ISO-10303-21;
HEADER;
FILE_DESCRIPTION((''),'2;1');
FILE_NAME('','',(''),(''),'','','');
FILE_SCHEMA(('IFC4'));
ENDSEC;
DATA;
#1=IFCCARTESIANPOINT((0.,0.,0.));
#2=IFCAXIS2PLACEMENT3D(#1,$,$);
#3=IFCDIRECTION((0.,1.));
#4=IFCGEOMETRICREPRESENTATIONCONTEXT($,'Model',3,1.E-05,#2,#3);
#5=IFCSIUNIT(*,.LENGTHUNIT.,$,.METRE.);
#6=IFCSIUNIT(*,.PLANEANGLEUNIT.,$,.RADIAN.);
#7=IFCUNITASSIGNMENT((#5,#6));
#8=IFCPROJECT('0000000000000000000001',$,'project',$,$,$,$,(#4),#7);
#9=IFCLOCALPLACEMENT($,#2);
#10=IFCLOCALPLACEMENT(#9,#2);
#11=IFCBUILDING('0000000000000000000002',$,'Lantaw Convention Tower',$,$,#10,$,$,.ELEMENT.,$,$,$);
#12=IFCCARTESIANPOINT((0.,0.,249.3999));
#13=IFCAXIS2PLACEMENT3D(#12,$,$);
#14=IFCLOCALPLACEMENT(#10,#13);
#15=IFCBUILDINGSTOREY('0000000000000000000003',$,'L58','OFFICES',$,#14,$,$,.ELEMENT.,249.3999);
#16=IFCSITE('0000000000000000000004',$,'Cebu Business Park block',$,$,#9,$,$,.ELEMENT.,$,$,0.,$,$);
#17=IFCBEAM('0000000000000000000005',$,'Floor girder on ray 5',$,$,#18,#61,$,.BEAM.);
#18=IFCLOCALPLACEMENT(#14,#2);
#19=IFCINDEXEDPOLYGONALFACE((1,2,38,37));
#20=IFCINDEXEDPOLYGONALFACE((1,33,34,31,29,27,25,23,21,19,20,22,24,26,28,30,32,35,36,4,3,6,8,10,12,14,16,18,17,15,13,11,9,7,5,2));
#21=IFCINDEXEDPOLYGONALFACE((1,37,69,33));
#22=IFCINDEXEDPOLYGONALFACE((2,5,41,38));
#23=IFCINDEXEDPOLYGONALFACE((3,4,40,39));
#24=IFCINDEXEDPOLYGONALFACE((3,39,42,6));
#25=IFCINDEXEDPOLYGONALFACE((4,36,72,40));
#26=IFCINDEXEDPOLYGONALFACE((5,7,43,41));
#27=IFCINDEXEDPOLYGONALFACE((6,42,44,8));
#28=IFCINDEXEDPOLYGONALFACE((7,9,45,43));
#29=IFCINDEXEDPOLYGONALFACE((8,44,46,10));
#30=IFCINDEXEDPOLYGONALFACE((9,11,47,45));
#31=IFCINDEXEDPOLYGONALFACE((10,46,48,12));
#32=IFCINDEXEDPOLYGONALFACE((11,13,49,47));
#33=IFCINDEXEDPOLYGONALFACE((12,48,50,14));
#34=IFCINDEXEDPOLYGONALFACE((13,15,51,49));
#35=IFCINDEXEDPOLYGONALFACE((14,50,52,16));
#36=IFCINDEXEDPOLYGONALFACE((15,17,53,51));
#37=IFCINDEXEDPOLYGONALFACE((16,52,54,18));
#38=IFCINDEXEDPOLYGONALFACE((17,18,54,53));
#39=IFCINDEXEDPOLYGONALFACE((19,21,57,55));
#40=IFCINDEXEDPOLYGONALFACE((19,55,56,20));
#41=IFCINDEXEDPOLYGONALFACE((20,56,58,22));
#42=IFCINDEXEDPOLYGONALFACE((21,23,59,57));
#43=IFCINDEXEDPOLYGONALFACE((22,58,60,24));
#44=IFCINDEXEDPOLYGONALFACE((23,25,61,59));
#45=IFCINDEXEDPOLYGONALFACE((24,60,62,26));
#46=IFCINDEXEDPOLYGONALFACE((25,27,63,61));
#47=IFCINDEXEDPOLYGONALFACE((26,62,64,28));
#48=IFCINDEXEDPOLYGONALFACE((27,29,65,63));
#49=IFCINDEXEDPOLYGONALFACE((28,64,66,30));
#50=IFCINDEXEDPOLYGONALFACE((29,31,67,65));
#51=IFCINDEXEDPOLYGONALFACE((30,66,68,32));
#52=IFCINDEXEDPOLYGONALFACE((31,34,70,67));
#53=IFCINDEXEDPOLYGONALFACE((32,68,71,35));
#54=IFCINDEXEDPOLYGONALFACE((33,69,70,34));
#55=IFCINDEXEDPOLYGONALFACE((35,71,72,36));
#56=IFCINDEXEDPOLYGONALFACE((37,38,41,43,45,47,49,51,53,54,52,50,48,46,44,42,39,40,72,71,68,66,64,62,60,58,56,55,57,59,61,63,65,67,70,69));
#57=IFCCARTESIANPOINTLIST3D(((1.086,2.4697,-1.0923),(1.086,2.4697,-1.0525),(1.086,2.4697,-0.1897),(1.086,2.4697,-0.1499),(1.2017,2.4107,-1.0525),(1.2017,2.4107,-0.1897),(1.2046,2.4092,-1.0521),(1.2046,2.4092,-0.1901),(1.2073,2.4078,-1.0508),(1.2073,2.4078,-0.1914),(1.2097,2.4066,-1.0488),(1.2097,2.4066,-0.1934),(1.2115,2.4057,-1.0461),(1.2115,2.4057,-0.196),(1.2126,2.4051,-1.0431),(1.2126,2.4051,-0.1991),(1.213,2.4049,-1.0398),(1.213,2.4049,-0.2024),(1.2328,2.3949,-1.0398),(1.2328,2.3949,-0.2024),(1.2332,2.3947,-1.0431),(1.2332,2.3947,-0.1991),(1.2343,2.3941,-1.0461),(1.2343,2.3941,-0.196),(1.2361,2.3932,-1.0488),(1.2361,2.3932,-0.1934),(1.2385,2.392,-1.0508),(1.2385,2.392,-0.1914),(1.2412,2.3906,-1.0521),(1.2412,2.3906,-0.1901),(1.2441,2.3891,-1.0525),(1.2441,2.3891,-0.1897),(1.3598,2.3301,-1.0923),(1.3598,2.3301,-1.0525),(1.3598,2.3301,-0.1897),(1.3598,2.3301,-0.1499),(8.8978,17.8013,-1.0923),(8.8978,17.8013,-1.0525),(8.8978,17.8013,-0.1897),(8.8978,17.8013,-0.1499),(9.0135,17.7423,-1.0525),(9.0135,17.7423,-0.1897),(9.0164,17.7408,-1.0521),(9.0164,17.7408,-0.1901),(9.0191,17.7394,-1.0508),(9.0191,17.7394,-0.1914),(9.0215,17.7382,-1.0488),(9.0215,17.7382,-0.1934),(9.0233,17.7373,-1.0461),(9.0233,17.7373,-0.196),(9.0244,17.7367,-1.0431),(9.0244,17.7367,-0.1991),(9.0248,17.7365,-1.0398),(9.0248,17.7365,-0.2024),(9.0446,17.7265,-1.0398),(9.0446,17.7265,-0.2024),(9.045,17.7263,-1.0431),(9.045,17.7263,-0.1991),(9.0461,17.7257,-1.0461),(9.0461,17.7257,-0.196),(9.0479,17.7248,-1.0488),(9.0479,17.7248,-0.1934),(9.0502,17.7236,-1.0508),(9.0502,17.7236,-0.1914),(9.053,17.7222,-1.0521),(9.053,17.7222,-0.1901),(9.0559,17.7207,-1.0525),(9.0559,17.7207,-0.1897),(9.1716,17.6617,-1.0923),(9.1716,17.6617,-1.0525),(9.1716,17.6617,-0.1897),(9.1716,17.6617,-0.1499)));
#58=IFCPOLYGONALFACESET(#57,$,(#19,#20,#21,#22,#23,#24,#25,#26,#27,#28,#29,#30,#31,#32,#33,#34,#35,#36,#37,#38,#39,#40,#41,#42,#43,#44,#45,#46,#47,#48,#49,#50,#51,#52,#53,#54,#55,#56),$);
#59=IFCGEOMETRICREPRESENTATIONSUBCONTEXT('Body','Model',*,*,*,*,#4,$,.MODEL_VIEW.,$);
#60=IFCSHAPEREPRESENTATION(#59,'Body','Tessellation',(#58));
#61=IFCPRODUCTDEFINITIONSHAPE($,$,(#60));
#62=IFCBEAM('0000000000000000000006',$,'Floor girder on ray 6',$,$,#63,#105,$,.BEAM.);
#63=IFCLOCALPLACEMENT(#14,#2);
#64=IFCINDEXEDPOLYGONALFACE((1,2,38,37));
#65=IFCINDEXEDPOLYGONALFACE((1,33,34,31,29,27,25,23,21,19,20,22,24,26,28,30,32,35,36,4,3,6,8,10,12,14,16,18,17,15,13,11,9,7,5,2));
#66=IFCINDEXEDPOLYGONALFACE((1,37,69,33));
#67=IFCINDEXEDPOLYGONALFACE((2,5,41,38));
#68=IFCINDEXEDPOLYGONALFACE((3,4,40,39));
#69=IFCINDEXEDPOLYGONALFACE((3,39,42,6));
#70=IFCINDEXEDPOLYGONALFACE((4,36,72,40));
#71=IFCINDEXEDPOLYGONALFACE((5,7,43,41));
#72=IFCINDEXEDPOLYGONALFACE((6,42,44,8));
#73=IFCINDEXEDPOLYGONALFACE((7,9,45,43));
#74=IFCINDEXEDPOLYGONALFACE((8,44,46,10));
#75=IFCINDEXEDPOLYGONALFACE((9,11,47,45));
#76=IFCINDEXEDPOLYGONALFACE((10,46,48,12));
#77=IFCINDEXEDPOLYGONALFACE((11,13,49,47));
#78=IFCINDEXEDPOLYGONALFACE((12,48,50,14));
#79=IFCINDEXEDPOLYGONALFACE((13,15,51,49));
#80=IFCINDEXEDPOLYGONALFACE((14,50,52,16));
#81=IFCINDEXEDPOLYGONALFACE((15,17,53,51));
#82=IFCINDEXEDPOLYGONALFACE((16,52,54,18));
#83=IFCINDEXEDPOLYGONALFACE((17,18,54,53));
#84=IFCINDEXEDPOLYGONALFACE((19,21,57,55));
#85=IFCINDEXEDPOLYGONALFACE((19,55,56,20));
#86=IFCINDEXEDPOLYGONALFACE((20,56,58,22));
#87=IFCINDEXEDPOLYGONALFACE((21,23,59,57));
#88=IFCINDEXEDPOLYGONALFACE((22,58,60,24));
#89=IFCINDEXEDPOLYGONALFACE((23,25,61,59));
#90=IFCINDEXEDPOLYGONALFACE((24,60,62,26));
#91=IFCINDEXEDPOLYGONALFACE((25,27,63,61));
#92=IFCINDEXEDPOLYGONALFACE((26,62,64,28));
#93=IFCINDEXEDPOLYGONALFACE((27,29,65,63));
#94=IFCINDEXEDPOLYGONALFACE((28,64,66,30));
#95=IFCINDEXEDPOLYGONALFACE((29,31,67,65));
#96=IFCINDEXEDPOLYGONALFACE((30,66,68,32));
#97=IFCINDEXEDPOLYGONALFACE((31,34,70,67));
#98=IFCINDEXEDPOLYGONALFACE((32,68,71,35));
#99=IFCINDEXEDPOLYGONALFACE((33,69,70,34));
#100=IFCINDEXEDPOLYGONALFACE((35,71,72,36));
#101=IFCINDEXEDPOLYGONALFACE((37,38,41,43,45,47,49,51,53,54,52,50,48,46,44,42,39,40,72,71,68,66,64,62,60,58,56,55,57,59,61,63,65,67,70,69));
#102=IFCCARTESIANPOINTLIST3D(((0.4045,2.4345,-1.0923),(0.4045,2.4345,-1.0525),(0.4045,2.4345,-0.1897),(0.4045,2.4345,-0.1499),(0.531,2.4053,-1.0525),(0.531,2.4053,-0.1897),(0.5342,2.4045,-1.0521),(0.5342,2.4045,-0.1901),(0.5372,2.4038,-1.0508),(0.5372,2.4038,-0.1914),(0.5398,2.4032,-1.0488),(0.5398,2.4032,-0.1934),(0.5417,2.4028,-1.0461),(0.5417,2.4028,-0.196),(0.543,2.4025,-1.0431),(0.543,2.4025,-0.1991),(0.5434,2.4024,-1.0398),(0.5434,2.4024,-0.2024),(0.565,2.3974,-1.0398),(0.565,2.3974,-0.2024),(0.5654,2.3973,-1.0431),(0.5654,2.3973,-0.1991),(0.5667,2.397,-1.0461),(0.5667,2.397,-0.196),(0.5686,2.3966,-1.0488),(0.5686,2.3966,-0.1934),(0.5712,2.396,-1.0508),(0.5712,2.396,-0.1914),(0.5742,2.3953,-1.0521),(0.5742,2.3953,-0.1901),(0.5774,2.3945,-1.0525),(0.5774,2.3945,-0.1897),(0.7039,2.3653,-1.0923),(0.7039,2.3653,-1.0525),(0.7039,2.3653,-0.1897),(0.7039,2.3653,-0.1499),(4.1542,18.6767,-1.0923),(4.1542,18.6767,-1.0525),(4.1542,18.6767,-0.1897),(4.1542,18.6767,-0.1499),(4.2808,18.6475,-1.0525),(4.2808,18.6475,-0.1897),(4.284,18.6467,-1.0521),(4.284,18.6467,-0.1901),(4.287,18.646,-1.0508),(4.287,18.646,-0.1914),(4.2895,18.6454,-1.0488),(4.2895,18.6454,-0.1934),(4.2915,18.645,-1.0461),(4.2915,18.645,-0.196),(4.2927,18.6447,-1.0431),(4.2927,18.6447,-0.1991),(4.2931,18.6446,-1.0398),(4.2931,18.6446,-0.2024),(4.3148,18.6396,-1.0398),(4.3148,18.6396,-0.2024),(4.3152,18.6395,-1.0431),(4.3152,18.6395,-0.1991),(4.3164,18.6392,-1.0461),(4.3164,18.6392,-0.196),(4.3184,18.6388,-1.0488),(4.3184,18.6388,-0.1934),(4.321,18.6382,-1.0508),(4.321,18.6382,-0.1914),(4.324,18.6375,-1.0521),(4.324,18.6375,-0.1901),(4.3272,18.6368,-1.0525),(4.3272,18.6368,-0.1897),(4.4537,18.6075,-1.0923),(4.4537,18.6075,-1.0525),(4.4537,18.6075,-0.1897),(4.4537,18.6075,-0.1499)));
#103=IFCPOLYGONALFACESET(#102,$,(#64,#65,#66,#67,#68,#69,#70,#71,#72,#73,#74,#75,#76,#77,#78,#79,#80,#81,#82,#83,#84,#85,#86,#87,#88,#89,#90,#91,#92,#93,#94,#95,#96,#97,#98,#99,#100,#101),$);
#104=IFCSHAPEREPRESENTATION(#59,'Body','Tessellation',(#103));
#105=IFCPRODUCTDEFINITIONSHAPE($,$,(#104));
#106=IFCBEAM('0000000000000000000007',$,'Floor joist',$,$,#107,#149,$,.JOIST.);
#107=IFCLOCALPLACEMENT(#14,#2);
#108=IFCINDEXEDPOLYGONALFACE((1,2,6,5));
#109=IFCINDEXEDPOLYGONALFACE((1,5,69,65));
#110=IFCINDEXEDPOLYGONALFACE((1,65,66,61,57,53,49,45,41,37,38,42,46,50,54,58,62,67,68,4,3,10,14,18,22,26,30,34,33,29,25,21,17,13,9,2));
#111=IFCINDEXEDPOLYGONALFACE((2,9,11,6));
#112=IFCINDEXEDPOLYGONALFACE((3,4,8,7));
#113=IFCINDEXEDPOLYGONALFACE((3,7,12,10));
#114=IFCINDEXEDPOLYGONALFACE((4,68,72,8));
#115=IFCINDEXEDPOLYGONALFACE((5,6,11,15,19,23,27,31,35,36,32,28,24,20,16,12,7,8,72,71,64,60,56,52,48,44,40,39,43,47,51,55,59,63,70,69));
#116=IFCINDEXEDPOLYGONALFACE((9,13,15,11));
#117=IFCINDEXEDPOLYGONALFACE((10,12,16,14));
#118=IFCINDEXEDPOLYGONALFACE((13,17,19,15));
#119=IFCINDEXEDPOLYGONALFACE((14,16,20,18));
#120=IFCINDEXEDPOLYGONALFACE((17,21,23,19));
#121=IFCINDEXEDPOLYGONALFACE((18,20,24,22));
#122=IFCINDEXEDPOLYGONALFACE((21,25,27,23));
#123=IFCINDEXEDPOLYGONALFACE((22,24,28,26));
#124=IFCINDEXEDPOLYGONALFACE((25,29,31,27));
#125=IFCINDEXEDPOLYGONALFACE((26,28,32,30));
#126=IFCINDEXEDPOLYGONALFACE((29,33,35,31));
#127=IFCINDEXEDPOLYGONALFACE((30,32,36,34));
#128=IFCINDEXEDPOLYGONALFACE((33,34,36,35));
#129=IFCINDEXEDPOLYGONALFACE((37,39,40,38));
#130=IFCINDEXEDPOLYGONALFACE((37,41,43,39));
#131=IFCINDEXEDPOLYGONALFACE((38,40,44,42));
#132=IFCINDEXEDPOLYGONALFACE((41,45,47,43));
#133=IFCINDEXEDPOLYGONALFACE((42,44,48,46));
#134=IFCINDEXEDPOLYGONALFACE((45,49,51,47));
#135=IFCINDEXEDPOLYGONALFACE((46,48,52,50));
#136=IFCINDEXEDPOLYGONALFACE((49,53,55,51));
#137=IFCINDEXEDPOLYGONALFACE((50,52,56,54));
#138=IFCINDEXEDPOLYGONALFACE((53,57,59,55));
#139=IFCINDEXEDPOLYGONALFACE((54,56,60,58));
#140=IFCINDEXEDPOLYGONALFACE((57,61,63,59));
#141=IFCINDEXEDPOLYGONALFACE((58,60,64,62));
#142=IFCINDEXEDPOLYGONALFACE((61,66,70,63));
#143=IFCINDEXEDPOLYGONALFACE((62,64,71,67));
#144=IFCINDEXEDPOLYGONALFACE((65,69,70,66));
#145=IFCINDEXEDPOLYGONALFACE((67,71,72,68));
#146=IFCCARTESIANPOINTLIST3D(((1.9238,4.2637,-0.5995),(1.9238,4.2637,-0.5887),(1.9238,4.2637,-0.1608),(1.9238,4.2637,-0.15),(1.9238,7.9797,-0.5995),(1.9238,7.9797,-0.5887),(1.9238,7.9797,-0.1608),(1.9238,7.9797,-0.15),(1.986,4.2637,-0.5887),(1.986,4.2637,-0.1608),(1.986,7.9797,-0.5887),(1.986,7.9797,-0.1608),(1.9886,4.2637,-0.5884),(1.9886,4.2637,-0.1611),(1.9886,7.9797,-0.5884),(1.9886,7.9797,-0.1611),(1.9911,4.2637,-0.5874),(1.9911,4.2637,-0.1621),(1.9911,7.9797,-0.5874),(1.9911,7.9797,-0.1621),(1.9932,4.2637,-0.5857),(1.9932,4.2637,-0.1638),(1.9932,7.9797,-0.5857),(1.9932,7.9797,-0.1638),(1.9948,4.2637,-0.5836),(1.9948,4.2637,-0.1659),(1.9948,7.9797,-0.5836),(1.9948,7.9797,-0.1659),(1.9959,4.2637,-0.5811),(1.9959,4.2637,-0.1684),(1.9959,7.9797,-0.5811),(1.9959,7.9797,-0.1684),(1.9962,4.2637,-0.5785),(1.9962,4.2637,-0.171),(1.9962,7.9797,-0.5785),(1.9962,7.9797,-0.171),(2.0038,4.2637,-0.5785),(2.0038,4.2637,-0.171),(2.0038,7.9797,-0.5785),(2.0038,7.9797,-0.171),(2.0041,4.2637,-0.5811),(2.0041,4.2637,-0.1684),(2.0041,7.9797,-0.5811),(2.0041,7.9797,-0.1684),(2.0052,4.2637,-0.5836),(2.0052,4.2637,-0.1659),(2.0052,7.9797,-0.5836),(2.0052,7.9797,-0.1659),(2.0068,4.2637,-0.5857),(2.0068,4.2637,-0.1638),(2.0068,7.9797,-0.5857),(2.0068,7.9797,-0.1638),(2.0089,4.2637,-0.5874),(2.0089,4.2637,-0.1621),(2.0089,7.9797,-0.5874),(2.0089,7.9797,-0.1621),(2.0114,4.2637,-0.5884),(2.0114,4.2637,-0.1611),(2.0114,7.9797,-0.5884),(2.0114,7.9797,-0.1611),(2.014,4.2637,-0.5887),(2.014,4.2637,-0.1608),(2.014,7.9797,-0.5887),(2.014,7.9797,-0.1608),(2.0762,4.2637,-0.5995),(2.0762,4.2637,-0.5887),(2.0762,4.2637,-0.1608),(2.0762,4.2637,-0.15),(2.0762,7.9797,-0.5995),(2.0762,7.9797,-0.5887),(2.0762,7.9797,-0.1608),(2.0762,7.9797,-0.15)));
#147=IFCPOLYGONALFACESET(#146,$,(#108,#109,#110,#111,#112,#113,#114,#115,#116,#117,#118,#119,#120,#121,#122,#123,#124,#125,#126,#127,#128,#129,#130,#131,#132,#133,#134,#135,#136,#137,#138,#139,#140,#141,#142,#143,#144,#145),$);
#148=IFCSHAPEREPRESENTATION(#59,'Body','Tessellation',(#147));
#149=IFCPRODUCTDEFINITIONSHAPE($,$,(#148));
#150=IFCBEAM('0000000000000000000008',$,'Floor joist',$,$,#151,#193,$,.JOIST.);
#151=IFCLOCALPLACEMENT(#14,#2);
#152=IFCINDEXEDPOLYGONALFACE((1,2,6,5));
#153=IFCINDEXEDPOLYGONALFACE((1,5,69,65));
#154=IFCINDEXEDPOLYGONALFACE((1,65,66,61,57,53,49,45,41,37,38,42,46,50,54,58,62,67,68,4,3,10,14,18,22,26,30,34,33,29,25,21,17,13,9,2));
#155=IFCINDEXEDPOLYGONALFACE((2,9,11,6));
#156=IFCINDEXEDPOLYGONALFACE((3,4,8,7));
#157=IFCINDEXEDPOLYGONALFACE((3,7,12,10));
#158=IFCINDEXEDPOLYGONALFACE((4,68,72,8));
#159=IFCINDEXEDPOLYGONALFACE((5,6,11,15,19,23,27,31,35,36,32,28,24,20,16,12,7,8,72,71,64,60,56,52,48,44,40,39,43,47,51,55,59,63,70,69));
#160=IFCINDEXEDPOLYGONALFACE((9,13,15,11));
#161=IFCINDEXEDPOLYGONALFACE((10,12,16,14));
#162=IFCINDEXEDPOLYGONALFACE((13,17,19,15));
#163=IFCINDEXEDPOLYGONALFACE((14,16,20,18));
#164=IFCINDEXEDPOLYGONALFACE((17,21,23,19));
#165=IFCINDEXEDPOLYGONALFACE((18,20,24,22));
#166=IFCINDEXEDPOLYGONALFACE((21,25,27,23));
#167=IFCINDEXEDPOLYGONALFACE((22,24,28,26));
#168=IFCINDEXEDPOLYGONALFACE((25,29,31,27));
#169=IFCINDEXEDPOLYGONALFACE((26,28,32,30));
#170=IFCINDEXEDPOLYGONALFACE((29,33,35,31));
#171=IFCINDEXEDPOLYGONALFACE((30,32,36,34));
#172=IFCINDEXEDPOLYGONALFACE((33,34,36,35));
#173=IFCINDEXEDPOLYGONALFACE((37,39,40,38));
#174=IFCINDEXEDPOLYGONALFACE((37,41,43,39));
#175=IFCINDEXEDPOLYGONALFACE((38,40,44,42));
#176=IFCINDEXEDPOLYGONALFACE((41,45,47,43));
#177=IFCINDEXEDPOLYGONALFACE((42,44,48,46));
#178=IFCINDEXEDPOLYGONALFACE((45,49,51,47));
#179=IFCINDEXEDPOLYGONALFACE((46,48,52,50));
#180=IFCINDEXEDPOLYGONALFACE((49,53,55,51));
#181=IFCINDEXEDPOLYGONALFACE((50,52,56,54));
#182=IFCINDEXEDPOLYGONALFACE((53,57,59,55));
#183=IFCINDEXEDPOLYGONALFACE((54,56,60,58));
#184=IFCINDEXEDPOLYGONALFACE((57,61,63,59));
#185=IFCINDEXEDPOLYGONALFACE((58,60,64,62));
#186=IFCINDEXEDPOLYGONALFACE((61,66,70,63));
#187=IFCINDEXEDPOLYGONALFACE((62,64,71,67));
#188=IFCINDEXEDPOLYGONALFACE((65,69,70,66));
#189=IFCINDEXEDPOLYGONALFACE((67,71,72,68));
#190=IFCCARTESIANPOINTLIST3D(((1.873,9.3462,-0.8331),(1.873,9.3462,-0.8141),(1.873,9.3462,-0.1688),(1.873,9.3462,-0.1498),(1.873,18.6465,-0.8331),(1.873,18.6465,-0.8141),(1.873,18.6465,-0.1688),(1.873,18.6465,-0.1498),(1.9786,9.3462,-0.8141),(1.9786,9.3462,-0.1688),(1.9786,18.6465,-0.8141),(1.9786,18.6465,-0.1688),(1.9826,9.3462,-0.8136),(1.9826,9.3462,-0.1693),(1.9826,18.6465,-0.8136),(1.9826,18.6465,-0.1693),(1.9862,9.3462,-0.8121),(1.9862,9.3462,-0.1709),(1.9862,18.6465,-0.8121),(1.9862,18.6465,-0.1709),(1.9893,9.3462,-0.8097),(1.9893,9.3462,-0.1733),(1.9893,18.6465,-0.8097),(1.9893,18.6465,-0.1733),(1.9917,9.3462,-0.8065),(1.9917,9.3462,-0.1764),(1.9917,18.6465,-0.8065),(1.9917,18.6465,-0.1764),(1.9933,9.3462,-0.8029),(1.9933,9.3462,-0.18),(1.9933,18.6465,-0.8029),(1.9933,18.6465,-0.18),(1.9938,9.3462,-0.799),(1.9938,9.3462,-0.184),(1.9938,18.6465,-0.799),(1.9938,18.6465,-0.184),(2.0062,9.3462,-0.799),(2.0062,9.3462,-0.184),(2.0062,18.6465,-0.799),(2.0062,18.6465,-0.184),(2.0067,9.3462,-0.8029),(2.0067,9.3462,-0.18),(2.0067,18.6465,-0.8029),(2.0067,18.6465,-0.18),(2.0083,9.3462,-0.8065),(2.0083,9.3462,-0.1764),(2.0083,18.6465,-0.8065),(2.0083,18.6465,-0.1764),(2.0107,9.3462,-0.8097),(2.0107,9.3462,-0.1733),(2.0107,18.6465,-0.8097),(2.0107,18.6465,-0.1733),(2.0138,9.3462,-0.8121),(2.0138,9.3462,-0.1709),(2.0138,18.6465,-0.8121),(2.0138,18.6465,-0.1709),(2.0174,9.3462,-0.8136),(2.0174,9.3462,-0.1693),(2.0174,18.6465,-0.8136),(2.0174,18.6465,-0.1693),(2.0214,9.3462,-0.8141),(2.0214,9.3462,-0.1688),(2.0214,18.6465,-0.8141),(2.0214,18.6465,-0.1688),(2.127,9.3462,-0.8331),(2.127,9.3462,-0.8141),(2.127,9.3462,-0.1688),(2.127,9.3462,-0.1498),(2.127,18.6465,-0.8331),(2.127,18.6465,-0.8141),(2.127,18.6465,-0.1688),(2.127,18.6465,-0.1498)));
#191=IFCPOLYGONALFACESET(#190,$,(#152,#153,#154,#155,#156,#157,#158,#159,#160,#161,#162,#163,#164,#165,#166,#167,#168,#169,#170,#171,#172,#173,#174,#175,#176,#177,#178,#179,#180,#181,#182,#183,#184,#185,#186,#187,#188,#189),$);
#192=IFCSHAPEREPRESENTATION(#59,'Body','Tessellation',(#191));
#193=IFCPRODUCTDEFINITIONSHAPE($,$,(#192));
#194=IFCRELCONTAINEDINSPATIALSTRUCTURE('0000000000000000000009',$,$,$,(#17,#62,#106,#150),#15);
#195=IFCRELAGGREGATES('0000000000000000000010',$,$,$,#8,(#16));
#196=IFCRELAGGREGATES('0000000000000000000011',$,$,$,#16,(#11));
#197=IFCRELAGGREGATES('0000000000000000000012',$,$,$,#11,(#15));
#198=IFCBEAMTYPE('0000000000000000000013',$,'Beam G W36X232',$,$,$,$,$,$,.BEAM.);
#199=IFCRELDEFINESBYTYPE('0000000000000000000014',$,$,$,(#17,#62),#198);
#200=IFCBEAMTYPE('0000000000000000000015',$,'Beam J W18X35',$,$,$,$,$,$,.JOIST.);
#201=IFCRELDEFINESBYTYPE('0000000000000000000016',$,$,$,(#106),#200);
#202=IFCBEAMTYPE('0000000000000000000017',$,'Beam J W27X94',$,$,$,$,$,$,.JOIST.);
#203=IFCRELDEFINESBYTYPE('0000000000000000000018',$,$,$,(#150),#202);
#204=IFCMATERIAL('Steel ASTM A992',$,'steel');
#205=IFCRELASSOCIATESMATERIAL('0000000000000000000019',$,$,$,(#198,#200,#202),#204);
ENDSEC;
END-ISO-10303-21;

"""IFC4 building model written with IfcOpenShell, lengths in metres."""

from ifc_helpers import new_model, si_unit, direction, frame, origin, origin_2d, place, context, subcontext, project, spatial, i_section, extrude, material, material_profile, profile_set, type_object, element, save


model = new_model("IFC4")

# Units and contexts
model_context = context("Model", 3, precision=1e-05, world=origin(), true_north=direction((0.0, 1.0)))
body_context = subcontext(model_context, "Body", "Model", "MODEL_VIEW")
ifc_project = project(units=[si_unit("LENGTHUNIT", "METRE"), si_unit("PLANEANGLEUNIT", "RADIAN")], contexts=[model_context])

# Site, building, storey
site_placement = place(None, origin())
site = spatial("IfcSite", under=ifc_project, at=site_placement, Name="Cebu Business Park block", CompositionType="ELEMENT", RefElevation=0.0)
building_placement = place(site_placement, origin())
building = spatial("IfcBuilding", under=site, at=building_placement, Name="Lantaw Convention Tower", CompositionType="ELEMENT")
storey_placement = place(building_placement, frame((0.0, 0.0, 249.3999)))
storey = spatial("IfcBuildingStorey", under=building, at=storey_placement, Name="L58", Description="OFFICES", CompositionType="ELEMENT", Elevation=249.3999)

# Beams
ifc_material_1 = material(Name="Steel ASTM A992", Category="steel")
ifc_material_profile_1 = material_profile(ifc_material_1, i_section(OverallWidth=0.3074, OverallDepth=0.9424, WebThickness=0.0222, FlangeThickness=0.0398, FilletRadius=0.0127, at=origin_2d()), Name="W36X232")
ifc_profile_set_1 = profile_set([ifc_material_profile_1], Name="Steel ASTM A992")
beam_type_1 = type_object("IfcBeamType", Name="Beam G W36X232", PredefinedType="BEAM", material=ifc_profile_set_1)
beam_1_placement = place(storey_placement, frame((1.2229, 2.3999, -0.6211), z_axis=(0.453988, 0.891008, 0.0), x_axis=(-0.891008, 0.453988, 0.0)))
element("IfcBeam", 1, at=beam_1_placement, inside=storey, type_object=beam_type_1, Name="Floor girder on ray 5", PredefinedType="BEAM", context=body_context, shape_type="SweptSolid", body=[
    extrude(i_section(OverallWidth=0.3074, OverallDepth=0.9424, WebThickness=0.0222, FlangeThickness=0.0398, FilletRadius=0.0127, at=origin_2d()), origin(), (0.0, 0.0, 1.0), 17.207),
])
beam_2_placement = place(storey_placement, frame((0.5542, 2.3999, -0.6211), z_axis=(0.224948, 0.974371, 0.0), x_axis=(-0.974371, 0.224948, 0.0)))
element("IfcBeam", 2, at=beam_2_placement, inside=storey, type_object=beam_type_1, Name="Floor girder on ray 6", PredefinedType="BEAM", context=body_context, shape_type="SweptSolid", body=[
    extrude(i_section(OverallWidth=0.3074, OverallDepth=0.9424, WebThickness=0.0222, FlangeThickness=0.0398, FilletRadius=0.0127, at=origin_2d()), origin(), (0.0, 0.0, 1.0), 16.6694),
])
ifc_material_profile_2 = material_profile(ifc_material_1, i_section(OverallWidth=0.1523, OverallDepth=0.4495, WebThickness=0.0076, FlangeThickness=0.0107, FilletRadius=0.0103, at=origin_2d()), Name="W18X35")
ifc_profile_set_2 = profile_set([ifc_material_profile_2], Name="Steel ASTM A992")
beam_type_2 = type_object("IfcBeamType", Name="Beam J W18X35", PredefinedType="JOIST", material=ifc_profile_set_2)
beam_3_placement = place(storey_placement, frame((2.0, 4.2637, -0.3748), z_axis=(0.0, 1.0, 0.0), x_axis=(-1.0, 0.0, 0.0)))
element("IfcBeam", 3, at=beam_3_placement, inside=storey, type_object=beam_type_2, Name="Floor joist", PredefinedType="JOIST", context=body_context, shape_type="SweptSolid", body=[
    extrude(i_section(OverallWidth=0.1523, OverallDepth=0.4495, WebThickness=0.0076, FlangeThickness=0.0107, FilletRadius=0.0103, at=origin_2d()), origin(), (0.0, 0.0, 1.0), 3.7161),
])
ifc_material_profile_3 = material_profile(ifc_material_1, i_section(OverallWidth=0.2539, OverallDepth=0.6833, WebThickness=0.0125, FlangeThickness=0.019, FilletRadius=0.0151, at=origin_2d()), Name="W27X94")
ifc_profile_set_3 = profile_set([ifc_material_profile_3], Name="Steel ASTM A992")
beam_type_3 = type_object("IfcBeamType", Name="Beam J W27X94", PredefinedType="JOIST", material=ifc_profile_set_3)
beam_4_placement = place(storey_placement, frame((2.0, 9.3462, -0.4915), z_axis=(0.0, 1.0, 0.0), x_axis=(-1.0, 0.0, 0.0)))
element("IfcBeam", 4, at=beam_4_placement, inside=storey, type_object=beam_type_3, Name="Floor joist", PredefinedType="JOIST", context=body_context, shape_type="SweptSolid", body=[
    extrude(i_section(OverallWidth=0.2539, OverallDepth=0.6833, WebThickness=0.0125, FlangeThickness=0.019, FilletRadius=0.0151, at=origin_2d()), origin(), (0.0, 0.0, 1.0), 9.3003),
])

save(model, "model.ifc")
